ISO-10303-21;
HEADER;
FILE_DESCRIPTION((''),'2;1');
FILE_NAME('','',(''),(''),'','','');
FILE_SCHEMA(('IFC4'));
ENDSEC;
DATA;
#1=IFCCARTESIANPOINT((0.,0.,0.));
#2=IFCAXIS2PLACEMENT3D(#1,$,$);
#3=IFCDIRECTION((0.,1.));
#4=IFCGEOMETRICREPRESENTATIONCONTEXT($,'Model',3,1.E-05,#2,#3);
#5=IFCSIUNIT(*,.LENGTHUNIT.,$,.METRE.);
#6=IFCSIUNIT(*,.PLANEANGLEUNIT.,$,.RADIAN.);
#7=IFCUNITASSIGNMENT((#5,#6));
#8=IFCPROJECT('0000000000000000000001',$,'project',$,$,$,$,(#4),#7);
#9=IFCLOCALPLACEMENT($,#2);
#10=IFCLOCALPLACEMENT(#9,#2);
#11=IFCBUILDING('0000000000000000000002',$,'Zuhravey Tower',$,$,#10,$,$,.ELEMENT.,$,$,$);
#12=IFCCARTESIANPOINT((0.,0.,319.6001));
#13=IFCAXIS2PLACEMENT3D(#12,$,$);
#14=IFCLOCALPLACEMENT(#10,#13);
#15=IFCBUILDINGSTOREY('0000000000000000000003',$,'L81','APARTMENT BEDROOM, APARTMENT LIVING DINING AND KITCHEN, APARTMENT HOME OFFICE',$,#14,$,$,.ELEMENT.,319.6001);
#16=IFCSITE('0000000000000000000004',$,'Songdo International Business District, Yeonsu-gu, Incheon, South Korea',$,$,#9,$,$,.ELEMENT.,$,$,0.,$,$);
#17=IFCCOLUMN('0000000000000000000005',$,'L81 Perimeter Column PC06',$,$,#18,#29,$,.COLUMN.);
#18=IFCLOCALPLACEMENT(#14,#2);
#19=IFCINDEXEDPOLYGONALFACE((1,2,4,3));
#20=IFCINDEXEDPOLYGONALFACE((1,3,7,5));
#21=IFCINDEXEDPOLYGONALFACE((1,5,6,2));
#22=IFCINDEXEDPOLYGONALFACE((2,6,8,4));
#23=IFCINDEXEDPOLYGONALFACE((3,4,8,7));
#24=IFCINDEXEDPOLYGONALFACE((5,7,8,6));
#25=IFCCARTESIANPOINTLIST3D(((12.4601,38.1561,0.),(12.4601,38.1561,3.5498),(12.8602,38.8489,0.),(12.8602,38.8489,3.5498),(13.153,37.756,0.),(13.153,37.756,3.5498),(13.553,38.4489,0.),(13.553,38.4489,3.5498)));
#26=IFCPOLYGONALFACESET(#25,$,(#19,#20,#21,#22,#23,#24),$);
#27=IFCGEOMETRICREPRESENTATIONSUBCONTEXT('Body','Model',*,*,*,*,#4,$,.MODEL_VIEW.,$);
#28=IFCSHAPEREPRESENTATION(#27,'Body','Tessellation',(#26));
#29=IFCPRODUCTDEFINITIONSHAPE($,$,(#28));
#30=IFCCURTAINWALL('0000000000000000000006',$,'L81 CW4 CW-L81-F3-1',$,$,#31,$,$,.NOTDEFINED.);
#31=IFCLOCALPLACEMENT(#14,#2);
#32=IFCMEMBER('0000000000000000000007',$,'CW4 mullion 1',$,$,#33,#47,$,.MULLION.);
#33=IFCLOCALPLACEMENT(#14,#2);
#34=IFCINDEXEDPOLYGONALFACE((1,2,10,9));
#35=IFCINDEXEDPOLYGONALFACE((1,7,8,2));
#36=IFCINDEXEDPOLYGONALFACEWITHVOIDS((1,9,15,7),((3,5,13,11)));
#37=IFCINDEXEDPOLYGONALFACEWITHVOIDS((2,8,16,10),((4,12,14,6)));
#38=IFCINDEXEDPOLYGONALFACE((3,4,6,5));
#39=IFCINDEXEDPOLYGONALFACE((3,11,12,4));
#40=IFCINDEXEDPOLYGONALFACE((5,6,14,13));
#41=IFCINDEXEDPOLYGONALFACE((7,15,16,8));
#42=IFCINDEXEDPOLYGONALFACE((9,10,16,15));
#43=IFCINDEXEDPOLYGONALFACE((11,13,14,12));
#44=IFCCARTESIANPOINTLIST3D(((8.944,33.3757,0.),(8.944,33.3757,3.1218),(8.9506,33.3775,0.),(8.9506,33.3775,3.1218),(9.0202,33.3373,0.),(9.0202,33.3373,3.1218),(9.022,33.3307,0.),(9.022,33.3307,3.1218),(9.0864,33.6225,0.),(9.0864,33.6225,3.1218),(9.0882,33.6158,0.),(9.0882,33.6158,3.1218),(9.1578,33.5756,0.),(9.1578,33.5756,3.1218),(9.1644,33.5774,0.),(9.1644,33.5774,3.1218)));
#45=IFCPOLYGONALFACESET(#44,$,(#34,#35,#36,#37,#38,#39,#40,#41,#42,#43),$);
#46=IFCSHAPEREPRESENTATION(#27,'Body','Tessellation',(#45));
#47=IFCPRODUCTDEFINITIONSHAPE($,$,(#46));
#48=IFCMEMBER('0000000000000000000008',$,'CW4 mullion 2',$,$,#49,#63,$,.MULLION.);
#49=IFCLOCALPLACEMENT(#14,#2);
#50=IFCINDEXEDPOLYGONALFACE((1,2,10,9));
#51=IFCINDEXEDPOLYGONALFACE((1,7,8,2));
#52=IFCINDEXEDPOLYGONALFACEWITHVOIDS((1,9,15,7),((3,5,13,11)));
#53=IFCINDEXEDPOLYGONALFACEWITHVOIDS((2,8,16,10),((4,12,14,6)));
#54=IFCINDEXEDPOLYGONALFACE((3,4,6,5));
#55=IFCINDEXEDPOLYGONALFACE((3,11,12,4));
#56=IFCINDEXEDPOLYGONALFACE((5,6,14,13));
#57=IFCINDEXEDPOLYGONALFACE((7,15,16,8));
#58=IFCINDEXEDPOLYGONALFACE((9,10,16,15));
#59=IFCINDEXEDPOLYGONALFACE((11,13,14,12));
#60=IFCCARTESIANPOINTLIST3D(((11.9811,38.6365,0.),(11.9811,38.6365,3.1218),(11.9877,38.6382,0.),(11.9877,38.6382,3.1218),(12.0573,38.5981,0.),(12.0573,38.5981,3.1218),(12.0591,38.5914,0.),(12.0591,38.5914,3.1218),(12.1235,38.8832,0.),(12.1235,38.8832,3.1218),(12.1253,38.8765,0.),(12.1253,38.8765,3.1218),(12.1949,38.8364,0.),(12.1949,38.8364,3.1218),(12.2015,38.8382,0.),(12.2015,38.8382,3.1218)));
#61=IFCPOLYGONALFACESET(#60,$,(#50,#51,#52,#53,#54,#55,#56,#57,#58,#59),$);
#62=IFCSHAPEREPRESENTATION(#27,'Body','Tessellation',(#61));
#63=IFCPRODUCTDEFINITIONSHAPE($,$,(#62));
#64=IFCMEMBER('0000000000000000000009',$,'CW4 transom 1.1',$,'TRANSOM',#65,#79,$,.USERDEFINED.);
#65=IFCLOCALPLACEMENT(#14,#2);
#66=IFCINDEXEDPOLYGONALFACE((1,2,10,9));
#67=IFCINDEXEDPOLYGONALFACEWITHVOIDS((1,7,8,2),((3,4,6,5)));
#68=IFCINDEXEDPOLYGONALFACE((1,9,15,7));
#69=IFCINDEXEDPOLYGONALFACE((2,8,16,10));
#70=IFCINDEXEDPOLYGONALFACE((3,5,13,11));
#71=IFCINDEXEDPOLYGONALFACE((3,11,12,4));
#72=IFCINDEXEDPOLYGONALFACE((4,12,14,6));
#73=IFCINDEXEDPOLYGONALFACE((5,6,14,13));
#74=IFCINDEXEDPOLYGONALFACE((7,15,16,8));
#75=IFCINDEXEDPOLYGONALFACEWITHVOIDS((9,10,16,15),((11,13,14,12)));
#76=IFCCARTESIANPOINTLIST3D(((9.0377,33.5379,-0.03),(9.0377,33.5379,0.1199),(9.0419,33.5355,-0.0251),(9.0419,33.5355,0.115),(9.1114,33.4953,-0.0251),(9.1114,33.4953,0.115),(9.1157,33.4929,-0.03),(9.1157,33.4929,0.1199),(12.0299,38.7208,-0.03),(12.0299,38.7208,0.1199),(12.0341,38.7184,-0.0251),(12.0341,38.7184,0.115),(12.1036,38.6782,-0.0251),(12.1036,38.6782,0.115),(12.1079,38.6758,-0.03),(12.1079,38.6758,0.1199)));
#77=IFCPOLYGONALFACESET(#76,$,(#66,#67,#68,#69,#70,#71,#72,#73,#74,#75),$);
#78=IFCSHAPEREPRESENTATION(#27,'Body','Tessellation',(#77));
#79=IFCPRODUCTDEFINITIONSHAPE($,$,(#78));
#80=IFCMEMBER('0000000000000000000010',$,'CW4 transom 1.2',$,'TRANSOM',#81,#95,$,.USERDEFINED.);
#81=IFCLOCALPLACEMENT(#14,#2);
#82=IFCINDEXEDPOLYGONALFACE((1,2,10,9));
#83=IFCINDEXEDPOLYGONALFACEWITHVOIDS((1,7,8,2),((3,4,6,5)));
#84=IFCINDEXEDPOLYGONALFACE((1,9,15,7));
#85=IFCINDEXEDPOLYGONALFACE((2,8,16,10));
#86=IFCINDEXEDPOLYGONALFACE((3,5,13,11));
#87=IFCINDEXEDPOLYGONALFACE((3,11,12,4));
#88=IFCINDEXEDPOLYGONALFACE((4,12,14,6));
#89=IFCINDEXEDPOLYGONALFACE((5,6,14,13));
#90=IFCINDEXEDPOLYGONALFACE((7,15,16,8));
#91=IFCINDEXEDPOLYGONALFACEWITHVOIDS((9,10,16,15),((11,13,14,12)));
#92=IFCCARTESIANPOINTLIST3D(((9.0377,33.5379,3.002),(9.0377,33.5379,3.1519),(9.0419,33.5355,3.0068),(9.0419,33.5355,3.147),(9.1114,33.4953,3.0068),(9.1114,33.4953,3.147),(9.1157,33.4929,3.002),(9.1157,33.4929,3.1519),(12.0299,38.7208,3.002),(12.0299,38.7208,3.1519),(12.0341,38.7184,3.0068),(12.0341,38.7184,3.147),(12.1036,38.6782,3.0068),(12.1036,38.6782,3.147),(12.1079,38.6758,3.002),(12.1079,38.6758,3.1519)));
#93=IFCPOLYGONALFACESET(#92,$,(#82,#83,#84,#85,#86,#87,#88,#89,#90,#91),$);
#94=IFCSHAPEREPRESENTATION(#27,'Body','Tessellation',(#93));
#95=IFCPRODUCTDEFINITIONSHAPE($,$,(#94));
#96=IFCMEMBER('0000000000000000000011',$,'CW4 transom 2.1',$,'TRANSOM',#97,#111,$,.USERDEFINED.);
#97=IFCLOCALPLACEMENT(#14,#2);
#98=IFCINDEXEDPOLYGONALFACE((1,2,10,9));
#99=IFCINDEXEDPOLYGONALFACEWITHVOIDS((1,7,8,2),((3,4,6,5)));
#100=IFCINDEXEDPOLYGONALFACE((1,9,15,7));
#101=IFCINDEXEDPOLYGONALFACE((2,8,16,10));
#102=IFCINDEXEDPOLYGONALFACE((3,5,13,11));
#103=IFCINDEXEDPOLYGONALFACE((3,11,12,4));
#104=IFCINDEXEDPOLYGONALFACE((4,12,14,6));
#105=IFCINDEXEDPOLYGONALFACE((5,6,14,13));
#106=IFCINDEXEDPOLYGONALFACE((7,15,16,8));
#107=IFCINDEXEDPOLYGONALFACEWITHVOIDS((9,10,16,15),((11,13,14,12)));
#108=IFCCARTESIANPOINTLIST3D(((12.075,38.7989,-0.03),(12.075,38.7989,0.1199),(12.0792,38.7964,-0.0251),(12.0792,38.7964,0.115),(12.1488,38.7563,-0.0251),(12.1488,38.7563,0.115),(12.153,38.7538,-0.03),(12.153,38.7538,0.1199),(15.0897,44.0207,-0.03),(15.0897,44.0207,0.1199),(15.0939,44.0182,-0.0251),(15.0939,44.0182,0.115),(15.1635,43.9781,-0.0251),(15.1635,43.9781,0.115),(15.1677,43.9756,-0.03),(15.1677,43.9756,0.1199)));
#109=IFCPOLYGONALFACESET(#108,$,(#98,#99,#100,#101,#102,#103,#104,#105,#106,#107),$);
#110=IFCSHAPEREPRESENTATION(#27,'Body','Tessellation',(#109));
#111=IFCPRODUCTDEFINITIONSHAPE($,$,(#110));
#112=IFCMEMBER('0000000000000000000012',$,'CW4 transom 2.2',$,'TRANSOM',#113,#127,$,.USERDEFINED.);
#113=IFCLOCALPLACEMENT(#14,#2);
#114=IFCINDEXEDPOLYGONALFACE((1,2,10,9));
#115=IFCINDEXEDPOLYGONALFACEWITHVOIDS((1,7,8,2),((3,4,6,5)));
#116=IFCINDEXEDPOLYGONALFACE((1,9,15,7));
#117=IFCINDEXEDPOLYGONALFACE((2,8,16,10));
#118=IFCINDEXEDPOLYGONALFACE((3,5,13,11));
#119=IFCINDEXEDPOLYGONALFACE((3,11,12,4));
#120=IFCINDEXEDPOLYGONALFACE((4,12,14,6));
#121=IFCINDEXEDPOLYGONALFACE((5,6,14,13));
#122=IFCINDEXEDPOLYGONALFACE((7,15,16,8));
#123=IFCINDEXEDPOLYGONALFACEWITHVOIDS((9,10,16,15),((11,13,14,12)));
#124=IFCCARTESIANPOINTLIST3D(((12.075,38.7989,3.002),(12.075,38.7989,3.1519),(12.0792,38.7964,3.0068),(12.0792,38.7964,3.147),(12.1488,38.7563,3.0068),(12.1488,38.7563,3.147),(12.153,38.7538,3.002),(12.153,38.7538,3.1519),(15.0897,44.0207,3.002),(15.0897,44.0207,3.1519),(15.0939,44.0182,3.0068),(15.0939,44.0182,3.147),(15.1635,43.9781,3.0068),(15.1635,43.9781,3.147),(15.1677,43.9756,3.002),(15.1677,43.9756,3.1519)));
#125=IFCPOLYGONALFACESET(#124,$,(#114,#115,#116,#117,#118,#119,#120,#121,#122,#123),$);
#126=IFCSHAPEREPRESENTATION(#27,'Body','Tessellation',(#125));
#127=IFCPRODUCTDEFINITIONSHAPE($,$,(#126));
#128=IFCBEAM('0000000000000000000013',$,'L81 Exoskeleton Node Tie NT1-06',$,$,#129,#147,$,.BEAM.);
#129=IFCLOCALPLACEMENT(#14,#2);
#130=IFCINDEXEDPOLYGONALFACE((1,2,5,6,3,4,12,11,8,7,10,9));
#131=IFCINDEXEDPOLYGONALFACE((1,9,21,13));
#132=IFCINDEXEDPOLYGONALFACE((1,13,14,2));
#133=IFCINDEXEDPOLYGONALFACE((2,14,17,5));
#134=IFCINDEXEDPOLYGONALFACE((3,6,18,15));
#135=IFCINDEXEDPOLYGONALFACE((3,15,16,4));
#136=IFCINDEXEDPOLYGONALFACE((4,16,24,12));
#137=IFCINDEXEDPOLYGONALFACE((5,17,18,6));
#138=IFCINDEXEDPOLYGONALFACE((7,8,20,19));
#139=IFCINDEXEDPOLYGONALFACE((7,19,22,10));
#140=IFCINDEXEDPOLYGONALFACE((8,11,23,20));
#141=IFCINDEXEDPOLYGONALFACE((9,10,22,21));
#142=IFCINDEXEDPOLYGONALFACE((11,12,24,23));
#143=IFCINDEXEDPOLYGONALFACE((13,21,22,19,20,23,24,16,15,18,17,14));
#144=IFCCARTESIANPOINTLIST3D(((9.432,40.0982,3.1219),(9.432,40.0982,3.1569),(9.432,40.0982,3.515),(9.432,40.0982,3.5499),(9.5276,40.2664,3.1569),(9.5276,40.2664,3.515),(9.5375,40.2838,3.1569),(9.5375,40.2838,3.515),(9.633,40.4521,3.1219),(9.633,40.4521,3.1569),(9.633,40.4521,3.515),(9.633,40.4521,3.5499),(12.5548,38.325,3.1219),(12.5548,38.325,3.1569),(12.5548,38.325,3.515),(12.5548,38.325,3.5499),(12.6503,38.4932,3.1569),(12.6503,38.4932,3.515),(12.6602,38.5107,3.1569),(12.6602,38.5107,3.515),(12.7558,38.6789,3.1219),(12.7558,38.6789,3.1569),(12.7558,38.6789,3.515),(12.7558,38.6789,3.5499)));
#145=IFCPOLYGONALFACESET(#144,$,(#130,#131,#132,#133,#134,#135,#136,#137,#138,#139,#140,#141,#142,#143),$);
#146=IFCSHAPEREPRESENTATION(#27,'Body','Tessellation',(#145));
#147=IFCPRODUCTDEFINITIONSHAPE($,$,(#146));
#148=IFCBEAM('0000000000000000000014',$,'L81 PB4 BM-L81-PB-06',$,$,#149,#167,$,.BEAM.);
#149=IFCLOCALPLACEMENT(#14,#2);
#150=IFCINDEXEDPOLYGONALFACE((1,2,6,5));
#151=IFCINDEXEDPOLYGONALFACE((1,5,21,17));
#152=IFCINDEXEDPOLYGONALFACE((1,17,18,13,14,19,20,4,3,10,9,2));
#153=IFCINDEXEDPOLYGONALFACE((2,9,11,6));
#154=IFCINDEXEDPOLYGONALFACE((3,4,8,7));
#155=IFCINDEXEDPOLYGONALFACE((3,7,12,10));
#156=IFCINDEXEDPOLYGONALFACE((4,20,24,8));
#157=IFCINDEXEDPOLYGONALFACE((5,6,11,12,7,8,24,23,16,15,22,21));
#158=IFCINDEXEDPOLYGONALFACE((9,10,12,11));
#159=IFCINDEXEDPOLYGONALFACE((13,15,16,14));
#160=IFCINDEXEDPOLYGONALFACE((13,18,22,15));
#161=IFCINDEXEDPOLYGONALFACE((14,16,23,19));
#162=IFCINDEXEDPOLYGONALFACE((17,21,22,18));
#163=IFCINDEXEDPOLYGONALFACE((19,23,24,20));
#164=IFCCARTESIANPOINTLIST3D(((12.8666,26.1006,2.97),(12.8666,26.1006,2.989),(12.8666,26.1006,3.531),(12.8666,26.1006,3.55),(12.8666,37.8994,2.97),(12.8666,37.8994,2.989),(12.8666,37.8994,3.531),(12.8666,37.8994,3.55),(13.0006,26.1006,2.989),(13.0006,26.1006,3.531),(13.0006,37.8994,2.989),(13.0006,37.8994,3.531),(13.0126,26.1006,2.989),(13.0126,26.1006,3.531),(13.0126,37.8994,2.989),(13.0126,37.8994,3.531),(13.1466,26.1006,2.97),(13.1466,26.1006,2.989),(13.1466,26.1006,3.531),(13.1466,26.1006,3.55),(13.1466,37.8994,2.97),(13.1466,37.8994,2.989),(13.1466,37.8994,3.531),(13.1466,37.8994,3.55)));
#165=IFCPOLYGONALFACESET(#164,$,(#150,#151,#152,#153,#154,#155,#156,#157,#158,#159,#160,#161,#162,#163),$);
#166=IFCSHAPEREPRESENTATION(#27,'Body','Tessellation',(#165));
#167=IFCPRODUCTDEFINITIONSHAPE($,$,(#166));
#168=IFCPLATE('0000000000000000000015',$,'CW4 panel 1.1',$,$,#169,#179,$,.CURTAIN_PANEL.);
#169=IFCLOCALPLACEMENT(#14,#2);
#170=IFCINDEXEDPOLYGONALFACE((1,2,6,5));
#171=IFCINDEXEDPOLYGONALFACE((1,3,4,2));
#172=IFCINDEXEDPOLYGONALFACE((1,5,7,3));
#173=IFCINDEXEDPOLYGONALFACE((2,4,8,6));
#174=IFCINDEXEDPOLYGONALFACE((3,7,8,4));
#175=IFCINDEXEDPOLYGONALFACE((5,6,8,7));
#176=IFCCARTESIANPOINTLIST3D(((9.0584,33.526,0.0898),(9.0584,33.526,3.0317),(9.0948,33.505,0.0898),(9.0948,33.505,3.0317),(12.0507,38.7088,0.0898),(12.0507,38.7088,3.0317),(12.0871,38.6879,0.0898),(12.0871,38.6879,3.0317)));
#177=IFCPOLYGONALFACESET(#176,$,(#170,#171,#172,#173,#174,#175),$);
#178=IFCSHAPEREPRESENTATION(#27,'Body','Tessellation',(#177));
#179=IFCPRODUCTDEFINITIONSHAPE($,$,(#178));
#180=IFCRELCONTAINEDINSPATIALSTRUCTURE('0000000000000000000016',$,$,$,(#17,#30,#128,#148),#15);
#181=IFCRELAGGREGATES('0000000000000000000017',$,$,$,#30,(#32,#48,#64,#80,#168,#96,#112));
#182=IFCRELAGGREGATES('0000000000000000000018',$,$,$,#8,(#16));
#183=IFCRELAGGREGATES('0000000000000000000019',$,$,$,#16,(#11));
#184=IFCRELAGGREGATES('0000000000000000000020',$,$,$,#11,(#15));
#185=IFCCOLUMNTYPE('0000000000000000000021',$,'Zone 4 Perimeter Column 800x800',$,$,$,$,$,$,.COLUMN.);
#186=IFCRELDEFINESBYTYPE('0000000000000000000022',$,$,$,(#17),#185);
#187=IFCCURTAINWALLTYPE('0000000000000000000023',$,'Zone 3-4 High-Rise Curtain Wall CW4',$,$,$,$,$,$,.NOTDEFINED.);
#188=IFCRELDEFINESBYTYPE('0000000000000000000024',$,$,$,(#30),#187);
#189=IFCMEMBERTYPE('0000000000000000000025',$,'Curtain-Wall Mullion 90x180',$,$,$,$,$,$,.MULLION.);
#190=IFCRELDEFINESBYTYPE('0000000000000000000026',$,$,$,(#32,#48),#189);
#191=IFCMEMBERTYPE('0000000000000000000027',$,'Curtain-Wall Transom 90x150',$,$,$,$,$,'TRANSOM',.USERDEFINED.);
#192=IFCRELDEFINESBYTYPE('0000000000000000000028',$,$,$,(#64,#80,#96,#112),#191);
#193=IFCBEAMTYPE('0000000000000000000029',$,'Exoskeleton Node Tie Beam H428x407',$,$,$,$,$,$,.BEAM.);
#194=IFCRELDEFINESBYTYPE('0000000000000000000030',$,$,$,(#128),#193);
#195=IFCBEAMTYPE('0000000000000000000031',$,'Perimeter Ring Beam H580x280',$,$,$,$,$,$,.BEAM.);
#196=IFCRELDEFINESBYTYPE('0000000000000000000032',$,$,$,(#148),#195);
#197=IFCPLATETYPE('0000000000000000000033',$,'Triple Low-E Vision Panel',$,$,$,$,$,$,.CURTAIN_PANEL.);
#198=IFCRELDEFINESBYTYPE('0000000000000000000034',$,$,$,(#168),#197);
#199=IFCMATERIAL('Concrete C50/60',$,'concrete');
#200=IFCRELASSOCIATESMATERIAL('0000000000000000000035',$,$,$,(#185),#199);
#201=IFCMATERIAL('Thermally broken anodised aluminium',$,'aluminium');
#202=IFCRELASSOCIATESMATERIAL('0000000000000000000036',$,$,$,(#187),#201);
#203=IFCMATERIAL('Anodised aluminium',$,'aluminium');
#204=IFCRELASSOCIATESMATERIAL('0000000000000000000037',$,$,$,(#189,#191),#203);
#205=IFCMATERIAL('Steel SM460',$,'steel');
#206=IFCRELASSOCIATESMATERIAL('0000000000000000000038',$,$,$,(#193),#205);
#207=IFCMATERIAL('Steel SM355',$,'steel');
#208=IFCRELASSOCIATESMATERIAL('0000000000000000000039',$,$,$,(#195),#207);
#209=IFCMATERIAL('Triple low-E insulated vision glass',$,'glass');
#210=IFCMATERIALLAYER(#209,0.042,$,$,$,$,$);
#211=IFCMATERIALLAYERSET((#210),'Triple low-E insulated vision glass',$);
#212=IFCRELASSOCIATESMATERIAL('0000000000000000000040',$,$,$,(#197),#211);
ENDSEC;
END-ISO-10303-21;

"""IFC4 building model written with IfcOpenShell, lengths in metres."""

from ifc_helpers import new_model, si_unit, direction, frame, origin, origin_2d, place, context, subcontext, project, spatial, rectangle, hollow_rectangle, i_section, extrude, material, layer, layer_set, material_profile, profile_set, type_object, element, aggregate, save


model = new_model("IFC4")

# Units and contexts
model_context = context("Model", 3, precision=1e-05, world=origin(), true_north=direction((0.0, 1.0)))
body_context = subcontext(model_context, "Body", "Model", "MODEL_VIEW")
ifc_project = project(units=[si_unit("LENGTHUNIT", "METRE"), si_unit("PLANEANGLEUNIT", "RADIAN")], contexts=[model_context])

# Site, building, storey
site_placement = place(None, origin())
site = spatial("IfcSite", under=ifc_project, at=site_placement, Name="Songdo International Business District, Yeonsu-gu, Incheon, South Korea", CompositionType="ELEMENT", RefElevation=0.0)
building_placement = place(site_placement, origin())
building = spatial("IfcBuilding", under=site, at=building_placement, Name="Zuhravey Tower", CompositionType="ELEMENT")
storey_placement = place(building_placement, frame((0.0, 0.0, 319.6001)))
storey = spatial("IfcBuildingStorey", under=building, at=storey_placement, Name="L81", Description="APARTMENT BEDROOM, APARTMENT LIVING DINING AND KITCHEN, APARTMENT HOME OFFICE", CompositionType="ELEMENT", Elevation=319.6001)

# Column
ifc_material_1 = material(Name="Concrete C50/60", Category="concrete")
ifc_material_profile_1 = material_profile(ifc_material_1, rectangle(XDim=0.8, YDim=0.8, at=origin_2d()), Name="RC-800x800")
ifc_profile_set_1 = profile_set([ifc_material_profile_1], Name="Concrete C50/60")
column_type = type_object("IfcColumnType", Name="Zone 4 Perimeter Column 800x800", PredefinedType="COLUMN", material=ifc_profile_set_1)
column_placement = place(storey_placement, frame((13.0066, 38.3025, 0.0), z_axis=(0.0, 0.0, 1.0), x_axis=(-0.5, -0.866025, 0.0)))
element("IfcColumn", 1, at=column_placement, inside=storey, type_object=column_type, Name="L81 Perimeter Column PC06", PredefinedType="COLUMN", context=body_context, shape_type="SweptSolid", body=[
    extrude(rectangle(XDim=0.8, YDim=0.8, at=origin_2d()), origin(), (0.0, 0.0, 1.0), 3.5498),
])

# Curtain wall, members
ifc_material_2 = material(Name="Thermally broken anodised aluminium", Category="aluminium")
curtain_wall_type = type_object("IfcCurtainWallType", Name="Zone 3-4 High-Rise Curtain Wall CW4", PredefinedType="NOTDEFINED", material=ifc_material_2)
curtain_wall_placement = place(storey_placement, origin())
curtain_wall = element("IfcCurtainWall", 2, at=curtain_wall_placement, inside=storey, type_object=curtain_wall_type, Name="L81 CW4 CW-L81-F3-1", PredefinedType="NOTDEFINED")
ifc_material_3 = material(Name="Anodised aluminium", Category="aluminium")
ifc_material_profile_2 = material_profile(ifc_material_3, hollow_rectangle(XDim=0.0901, YDim=0.2849, WallThickness=0.0049, at=origin_2d()), Name="ALU-RHS-90x285x5")
ifc_profile_set_2 = profile_set([ifc_material_profile_2], Name="Anodised aluminium")
member_type_1 = type_object("IfcMemberType", Name="Curtain-Wall Mullion 90x180", PredefinedType="MULLION", material=ifc_profile_set_2)
member_1_placement = place(storey_placement, frame((9.0542, 33.4766, 0.0), z_axis=(0.0, 0.0, 1.0), x_axis=(-0.866026, 0.5, 0.0)))
member_1 = element("IfcMember", 3, at=member_1_placement, type_object=member_type_1, Name="CW4 mullion 1", PredefinedType="MULLION", context=body_context, shape_type="SweptSolid", body=[
    extrude(hollow_rectangle(XDim=0.0901, YDim=0.2849, WallThickness=0.0049, at=origin_2d()), origin(), (0.0, 0.0, 1.0), 3.1218),
])
member_2_placement = place(storey_placement, frame((12.0913, 38.7373, 0.0), z_axis=(0.0, 0.0, 1.0), x_axis=(-0.866026, 0.5, 0.0)))
member_2 = element("IfcMember", 4, at=member_2_placement, type_object=member_type_1, Name="CW4 mullion 2", PredefinedType="MULLION", context=body_context, shape_type="SweptSolid", body=[
    extrude(hollow_rectangle(XDim=0.0901, YDim=0.2849, WallThickness=0.0049, at=origin_2d()), origin(), (0.0, 0.0, 1.0), 3.1218),
])
ifc_material_profile_3 = material_profile(ifc_material_3, hollow_rectangle(XDim=0.0901, YDim=0.1499, WallThickness=0.0049, at=origin_2d()), Name="ALU-RHS-90x150x5")
ifc_profile_set_3 = profile_set([ifc_material_profile_3], Name="Anodised aluminium")
member_type_2 = type_object("IfcMemberType", Name="Curtain-Wall Transom 90x150", ElementType="TRANSOM", PredefinedType="USERDEFINED", material=ifc_profile_set_3)
member_3_placement = place(storey_placement, frame((9.0767, 33.5154, 0.0449), z_axis=(0.499983, 0.866035, 0.0), x_axis=(-0.866035, 0.499983, 0.0)))
member_3 = element("IfcMember", 5, at=member_3_placement, type_object=member_type_2, Name="CW4 transom 1.1", ObjectType="TRANSOM", PredefinedType="USERDEFINED", context=body_context, shape_type="SweptSolid", body=[
    extrude(hollow_rectangle(XDim=0.0901, YDim=0.1499, WallThickness=0.0049, at=origin_2d()), origin(), (0.0, 0.0, 1.0), 5.9846),
])
member_4_placement = place(storey_placement, frame((9.0767, 33.5154, 3.0769), z_axis=(0.499983, 0.866035, 0.0), x_axis=(-0.866035, 0.499983, 0.0)))
member_4 = element("IfcMember", 6, at=member_4_placement, type_object=member_type_2, Name="CW4 transom 1.2", ObjectType="TRANSOM", PredefinedType="USERDEFINED", context=body_context, shape_type="SweptSolid", body=[
    extrude(hollow_rectangle(XDim=0.0901, YDim=0.1499, WallThickness=0.0049, at=origin_2d()), origin(), (0.0, 0.0, 1.0), 5.9846),
])
member_5_placement = place(storey_placement, frame((12.114, 38.7764, 0.0449), z_axis=(0.499989, 0.866032, 0.0), x_axis=(-0.866032, 0.499989, 0.0)))
member_5 = element("IfcMember", 7, at=member_5_placement, type_object=member_type_2, Name="CW4 transom 2.1", ObjectType="TRANSOM", PredefinedType="USERDEFINED", context=body_context, shape_type="SweptSolid", body=[
    extrude(hollow_rectangle(XDim=0.0901, YDim=0.1499, WallThickness=0.0049, at=origin_2d()), origin(), (0.0, 0.0, 1.0), 6.0295),
])
member_6_placement = place(storey_placement, frame((12.114, 38.7764, 3.0769), z_axis=(0.499989, 0.866032, 0.0), x_axis=(-0.866032, 0.499989, 0.0)))
member_6 = element("IfcMember", 8, at=member_6_placement, type_object=member_type_2, Name="CW4 transom 2.2", ObjectType="TRANSOM", PredefinedType="USERDEFINED", context=body_context, shape_type="SweptSolid", body=[
    extrude(hollow_rectangle(XDim=0.0901, YDim=0.1499, WallThickness=0.0049, at=origin_2d()), origin(), (0.0, 0.0, 1.0), 6.0295),
])

# Beams
ifc_material_4 = material(Name="Steel SM460", Category="steel")
ifc_material_profile_4 = material_profile(ifc_material_4, i_section(OverallWidth=0.407, OverallDepth=0.428, WebThickness=0.02, FlangeThickness=0.0349, at=origin_2d()), Name="H-428x407x20x35")
ifc_profile_set_4 = profile_set([ifc_material_profile_4], Name="Steel SM460")
beam_type_1 = type_object("IfcBeamType", Name="Exoskeleton Node Tie Beam H428x407", PredefinedType="BEAM", material=ifc_profile_set_4)
beam_1_placement = place(storey_placement, frame((12.6553, 38.502, 3.3359), z_axis=(-0.869591, 0.493772, 0.0), x_axis=(-0.493772, -0.869591, 0.0)))
element("IfcBeam", 9, at=beam_1_placement, inside=storey, type_object=beam_type_1, Name="L81 Exoskeleton Node Tie NT1-06", PredefinedType="BEAM", context=body_context, shape_type="SweptSolid", body=[
    extrude(i_section(OverallWidth=0.407, OverallDepth=0.428, WebThickness=0.02, FlangeThickness=0.0349, at=origin_2d()), origin(), (0.0, 0.0, 1.0), 3.5911),
])
ifc_material_5 = material(Name="Steel SM355", Category="steel")
ifc_material_profile_5 = material_profile(ifc_material_5, i_section(OverallWidth=0.28, OverallDepth=0.5801, WebThickness=0.012, FlangeThickness=0.019, at=origin_2d()), Name="H-580x280x12x19")
ifc_profile_set_5 = profile_set([ifc_material_profile_5], Name="Steel SM355")
beam_type_2 = type_object("IfcBeamType", Name="Perimeter Ring Beam H580x280", PredefinedType="BEAM", material=ifc_profile_set_5)
beam_2_placement = place(storey_placement, frame((13.0066, 37.8994, 3.26), z_axis=(0.0, -1.0, 0.0), x_axis=(1.0, 0.0, 0.0)))
element("IfcBeam", 10, at=beam_2_placement, inside=storey, type_object=beam_type_2, Name="L81 PB4 BM-L81-PB-06", PredefinedType="BEAM", context=body_context, shape_type="SweptSolid", body=[
    extrude(i_section(OverallWidth=0.28, OverallDepth=0.5801, WebThickness=0.012, FlangeThickness=0.019, at=origin_2d()), origin(), (0.0, 0.0, 1.0), 11.7988),
])

# Plate
ifc_material_6 = material(Name="Triple low-E insulated vision glass", Category="glass")
ifc_layer_1 = layer(ifc_material_6, 0.042)
ifc_layer_set_1 = layer_set([ifc_layer_1], Name="Triple low-E insulated vision glass")
plate_type = type_object("IfcPlateType", Name="Triple Low-E Vision Panel", PredefinedType="CURTAIN_PANEL", material=ifc_layer_set_1)
plate_1_placement = place(storey_placement, frame((10.5728, 36.1069, 0.0898), z_axis=(0.0, 0.0, 1.0), x_axis=(0.5, 0.866026, 0.0)))
plate_1 = element("IfcPlate", 11, at=plate_1_placement, type_object=plate_type, Name="CW4 panel 1.1", PredefinedType="CURTAIN_PANEL", context=body_context, shape_type="SweptSolid", body=[
    extrude(rectangle(XDim=5.9846, YDim=0.042, at=origin_2d()), origin(), (0.0, 0.0, 1.0), 2.9419),
])
aggregate(curtain_wall, [member_1, member_2, member_3, member_4, plate_1, member_5, member_6])

save(model, "model.ifc")
